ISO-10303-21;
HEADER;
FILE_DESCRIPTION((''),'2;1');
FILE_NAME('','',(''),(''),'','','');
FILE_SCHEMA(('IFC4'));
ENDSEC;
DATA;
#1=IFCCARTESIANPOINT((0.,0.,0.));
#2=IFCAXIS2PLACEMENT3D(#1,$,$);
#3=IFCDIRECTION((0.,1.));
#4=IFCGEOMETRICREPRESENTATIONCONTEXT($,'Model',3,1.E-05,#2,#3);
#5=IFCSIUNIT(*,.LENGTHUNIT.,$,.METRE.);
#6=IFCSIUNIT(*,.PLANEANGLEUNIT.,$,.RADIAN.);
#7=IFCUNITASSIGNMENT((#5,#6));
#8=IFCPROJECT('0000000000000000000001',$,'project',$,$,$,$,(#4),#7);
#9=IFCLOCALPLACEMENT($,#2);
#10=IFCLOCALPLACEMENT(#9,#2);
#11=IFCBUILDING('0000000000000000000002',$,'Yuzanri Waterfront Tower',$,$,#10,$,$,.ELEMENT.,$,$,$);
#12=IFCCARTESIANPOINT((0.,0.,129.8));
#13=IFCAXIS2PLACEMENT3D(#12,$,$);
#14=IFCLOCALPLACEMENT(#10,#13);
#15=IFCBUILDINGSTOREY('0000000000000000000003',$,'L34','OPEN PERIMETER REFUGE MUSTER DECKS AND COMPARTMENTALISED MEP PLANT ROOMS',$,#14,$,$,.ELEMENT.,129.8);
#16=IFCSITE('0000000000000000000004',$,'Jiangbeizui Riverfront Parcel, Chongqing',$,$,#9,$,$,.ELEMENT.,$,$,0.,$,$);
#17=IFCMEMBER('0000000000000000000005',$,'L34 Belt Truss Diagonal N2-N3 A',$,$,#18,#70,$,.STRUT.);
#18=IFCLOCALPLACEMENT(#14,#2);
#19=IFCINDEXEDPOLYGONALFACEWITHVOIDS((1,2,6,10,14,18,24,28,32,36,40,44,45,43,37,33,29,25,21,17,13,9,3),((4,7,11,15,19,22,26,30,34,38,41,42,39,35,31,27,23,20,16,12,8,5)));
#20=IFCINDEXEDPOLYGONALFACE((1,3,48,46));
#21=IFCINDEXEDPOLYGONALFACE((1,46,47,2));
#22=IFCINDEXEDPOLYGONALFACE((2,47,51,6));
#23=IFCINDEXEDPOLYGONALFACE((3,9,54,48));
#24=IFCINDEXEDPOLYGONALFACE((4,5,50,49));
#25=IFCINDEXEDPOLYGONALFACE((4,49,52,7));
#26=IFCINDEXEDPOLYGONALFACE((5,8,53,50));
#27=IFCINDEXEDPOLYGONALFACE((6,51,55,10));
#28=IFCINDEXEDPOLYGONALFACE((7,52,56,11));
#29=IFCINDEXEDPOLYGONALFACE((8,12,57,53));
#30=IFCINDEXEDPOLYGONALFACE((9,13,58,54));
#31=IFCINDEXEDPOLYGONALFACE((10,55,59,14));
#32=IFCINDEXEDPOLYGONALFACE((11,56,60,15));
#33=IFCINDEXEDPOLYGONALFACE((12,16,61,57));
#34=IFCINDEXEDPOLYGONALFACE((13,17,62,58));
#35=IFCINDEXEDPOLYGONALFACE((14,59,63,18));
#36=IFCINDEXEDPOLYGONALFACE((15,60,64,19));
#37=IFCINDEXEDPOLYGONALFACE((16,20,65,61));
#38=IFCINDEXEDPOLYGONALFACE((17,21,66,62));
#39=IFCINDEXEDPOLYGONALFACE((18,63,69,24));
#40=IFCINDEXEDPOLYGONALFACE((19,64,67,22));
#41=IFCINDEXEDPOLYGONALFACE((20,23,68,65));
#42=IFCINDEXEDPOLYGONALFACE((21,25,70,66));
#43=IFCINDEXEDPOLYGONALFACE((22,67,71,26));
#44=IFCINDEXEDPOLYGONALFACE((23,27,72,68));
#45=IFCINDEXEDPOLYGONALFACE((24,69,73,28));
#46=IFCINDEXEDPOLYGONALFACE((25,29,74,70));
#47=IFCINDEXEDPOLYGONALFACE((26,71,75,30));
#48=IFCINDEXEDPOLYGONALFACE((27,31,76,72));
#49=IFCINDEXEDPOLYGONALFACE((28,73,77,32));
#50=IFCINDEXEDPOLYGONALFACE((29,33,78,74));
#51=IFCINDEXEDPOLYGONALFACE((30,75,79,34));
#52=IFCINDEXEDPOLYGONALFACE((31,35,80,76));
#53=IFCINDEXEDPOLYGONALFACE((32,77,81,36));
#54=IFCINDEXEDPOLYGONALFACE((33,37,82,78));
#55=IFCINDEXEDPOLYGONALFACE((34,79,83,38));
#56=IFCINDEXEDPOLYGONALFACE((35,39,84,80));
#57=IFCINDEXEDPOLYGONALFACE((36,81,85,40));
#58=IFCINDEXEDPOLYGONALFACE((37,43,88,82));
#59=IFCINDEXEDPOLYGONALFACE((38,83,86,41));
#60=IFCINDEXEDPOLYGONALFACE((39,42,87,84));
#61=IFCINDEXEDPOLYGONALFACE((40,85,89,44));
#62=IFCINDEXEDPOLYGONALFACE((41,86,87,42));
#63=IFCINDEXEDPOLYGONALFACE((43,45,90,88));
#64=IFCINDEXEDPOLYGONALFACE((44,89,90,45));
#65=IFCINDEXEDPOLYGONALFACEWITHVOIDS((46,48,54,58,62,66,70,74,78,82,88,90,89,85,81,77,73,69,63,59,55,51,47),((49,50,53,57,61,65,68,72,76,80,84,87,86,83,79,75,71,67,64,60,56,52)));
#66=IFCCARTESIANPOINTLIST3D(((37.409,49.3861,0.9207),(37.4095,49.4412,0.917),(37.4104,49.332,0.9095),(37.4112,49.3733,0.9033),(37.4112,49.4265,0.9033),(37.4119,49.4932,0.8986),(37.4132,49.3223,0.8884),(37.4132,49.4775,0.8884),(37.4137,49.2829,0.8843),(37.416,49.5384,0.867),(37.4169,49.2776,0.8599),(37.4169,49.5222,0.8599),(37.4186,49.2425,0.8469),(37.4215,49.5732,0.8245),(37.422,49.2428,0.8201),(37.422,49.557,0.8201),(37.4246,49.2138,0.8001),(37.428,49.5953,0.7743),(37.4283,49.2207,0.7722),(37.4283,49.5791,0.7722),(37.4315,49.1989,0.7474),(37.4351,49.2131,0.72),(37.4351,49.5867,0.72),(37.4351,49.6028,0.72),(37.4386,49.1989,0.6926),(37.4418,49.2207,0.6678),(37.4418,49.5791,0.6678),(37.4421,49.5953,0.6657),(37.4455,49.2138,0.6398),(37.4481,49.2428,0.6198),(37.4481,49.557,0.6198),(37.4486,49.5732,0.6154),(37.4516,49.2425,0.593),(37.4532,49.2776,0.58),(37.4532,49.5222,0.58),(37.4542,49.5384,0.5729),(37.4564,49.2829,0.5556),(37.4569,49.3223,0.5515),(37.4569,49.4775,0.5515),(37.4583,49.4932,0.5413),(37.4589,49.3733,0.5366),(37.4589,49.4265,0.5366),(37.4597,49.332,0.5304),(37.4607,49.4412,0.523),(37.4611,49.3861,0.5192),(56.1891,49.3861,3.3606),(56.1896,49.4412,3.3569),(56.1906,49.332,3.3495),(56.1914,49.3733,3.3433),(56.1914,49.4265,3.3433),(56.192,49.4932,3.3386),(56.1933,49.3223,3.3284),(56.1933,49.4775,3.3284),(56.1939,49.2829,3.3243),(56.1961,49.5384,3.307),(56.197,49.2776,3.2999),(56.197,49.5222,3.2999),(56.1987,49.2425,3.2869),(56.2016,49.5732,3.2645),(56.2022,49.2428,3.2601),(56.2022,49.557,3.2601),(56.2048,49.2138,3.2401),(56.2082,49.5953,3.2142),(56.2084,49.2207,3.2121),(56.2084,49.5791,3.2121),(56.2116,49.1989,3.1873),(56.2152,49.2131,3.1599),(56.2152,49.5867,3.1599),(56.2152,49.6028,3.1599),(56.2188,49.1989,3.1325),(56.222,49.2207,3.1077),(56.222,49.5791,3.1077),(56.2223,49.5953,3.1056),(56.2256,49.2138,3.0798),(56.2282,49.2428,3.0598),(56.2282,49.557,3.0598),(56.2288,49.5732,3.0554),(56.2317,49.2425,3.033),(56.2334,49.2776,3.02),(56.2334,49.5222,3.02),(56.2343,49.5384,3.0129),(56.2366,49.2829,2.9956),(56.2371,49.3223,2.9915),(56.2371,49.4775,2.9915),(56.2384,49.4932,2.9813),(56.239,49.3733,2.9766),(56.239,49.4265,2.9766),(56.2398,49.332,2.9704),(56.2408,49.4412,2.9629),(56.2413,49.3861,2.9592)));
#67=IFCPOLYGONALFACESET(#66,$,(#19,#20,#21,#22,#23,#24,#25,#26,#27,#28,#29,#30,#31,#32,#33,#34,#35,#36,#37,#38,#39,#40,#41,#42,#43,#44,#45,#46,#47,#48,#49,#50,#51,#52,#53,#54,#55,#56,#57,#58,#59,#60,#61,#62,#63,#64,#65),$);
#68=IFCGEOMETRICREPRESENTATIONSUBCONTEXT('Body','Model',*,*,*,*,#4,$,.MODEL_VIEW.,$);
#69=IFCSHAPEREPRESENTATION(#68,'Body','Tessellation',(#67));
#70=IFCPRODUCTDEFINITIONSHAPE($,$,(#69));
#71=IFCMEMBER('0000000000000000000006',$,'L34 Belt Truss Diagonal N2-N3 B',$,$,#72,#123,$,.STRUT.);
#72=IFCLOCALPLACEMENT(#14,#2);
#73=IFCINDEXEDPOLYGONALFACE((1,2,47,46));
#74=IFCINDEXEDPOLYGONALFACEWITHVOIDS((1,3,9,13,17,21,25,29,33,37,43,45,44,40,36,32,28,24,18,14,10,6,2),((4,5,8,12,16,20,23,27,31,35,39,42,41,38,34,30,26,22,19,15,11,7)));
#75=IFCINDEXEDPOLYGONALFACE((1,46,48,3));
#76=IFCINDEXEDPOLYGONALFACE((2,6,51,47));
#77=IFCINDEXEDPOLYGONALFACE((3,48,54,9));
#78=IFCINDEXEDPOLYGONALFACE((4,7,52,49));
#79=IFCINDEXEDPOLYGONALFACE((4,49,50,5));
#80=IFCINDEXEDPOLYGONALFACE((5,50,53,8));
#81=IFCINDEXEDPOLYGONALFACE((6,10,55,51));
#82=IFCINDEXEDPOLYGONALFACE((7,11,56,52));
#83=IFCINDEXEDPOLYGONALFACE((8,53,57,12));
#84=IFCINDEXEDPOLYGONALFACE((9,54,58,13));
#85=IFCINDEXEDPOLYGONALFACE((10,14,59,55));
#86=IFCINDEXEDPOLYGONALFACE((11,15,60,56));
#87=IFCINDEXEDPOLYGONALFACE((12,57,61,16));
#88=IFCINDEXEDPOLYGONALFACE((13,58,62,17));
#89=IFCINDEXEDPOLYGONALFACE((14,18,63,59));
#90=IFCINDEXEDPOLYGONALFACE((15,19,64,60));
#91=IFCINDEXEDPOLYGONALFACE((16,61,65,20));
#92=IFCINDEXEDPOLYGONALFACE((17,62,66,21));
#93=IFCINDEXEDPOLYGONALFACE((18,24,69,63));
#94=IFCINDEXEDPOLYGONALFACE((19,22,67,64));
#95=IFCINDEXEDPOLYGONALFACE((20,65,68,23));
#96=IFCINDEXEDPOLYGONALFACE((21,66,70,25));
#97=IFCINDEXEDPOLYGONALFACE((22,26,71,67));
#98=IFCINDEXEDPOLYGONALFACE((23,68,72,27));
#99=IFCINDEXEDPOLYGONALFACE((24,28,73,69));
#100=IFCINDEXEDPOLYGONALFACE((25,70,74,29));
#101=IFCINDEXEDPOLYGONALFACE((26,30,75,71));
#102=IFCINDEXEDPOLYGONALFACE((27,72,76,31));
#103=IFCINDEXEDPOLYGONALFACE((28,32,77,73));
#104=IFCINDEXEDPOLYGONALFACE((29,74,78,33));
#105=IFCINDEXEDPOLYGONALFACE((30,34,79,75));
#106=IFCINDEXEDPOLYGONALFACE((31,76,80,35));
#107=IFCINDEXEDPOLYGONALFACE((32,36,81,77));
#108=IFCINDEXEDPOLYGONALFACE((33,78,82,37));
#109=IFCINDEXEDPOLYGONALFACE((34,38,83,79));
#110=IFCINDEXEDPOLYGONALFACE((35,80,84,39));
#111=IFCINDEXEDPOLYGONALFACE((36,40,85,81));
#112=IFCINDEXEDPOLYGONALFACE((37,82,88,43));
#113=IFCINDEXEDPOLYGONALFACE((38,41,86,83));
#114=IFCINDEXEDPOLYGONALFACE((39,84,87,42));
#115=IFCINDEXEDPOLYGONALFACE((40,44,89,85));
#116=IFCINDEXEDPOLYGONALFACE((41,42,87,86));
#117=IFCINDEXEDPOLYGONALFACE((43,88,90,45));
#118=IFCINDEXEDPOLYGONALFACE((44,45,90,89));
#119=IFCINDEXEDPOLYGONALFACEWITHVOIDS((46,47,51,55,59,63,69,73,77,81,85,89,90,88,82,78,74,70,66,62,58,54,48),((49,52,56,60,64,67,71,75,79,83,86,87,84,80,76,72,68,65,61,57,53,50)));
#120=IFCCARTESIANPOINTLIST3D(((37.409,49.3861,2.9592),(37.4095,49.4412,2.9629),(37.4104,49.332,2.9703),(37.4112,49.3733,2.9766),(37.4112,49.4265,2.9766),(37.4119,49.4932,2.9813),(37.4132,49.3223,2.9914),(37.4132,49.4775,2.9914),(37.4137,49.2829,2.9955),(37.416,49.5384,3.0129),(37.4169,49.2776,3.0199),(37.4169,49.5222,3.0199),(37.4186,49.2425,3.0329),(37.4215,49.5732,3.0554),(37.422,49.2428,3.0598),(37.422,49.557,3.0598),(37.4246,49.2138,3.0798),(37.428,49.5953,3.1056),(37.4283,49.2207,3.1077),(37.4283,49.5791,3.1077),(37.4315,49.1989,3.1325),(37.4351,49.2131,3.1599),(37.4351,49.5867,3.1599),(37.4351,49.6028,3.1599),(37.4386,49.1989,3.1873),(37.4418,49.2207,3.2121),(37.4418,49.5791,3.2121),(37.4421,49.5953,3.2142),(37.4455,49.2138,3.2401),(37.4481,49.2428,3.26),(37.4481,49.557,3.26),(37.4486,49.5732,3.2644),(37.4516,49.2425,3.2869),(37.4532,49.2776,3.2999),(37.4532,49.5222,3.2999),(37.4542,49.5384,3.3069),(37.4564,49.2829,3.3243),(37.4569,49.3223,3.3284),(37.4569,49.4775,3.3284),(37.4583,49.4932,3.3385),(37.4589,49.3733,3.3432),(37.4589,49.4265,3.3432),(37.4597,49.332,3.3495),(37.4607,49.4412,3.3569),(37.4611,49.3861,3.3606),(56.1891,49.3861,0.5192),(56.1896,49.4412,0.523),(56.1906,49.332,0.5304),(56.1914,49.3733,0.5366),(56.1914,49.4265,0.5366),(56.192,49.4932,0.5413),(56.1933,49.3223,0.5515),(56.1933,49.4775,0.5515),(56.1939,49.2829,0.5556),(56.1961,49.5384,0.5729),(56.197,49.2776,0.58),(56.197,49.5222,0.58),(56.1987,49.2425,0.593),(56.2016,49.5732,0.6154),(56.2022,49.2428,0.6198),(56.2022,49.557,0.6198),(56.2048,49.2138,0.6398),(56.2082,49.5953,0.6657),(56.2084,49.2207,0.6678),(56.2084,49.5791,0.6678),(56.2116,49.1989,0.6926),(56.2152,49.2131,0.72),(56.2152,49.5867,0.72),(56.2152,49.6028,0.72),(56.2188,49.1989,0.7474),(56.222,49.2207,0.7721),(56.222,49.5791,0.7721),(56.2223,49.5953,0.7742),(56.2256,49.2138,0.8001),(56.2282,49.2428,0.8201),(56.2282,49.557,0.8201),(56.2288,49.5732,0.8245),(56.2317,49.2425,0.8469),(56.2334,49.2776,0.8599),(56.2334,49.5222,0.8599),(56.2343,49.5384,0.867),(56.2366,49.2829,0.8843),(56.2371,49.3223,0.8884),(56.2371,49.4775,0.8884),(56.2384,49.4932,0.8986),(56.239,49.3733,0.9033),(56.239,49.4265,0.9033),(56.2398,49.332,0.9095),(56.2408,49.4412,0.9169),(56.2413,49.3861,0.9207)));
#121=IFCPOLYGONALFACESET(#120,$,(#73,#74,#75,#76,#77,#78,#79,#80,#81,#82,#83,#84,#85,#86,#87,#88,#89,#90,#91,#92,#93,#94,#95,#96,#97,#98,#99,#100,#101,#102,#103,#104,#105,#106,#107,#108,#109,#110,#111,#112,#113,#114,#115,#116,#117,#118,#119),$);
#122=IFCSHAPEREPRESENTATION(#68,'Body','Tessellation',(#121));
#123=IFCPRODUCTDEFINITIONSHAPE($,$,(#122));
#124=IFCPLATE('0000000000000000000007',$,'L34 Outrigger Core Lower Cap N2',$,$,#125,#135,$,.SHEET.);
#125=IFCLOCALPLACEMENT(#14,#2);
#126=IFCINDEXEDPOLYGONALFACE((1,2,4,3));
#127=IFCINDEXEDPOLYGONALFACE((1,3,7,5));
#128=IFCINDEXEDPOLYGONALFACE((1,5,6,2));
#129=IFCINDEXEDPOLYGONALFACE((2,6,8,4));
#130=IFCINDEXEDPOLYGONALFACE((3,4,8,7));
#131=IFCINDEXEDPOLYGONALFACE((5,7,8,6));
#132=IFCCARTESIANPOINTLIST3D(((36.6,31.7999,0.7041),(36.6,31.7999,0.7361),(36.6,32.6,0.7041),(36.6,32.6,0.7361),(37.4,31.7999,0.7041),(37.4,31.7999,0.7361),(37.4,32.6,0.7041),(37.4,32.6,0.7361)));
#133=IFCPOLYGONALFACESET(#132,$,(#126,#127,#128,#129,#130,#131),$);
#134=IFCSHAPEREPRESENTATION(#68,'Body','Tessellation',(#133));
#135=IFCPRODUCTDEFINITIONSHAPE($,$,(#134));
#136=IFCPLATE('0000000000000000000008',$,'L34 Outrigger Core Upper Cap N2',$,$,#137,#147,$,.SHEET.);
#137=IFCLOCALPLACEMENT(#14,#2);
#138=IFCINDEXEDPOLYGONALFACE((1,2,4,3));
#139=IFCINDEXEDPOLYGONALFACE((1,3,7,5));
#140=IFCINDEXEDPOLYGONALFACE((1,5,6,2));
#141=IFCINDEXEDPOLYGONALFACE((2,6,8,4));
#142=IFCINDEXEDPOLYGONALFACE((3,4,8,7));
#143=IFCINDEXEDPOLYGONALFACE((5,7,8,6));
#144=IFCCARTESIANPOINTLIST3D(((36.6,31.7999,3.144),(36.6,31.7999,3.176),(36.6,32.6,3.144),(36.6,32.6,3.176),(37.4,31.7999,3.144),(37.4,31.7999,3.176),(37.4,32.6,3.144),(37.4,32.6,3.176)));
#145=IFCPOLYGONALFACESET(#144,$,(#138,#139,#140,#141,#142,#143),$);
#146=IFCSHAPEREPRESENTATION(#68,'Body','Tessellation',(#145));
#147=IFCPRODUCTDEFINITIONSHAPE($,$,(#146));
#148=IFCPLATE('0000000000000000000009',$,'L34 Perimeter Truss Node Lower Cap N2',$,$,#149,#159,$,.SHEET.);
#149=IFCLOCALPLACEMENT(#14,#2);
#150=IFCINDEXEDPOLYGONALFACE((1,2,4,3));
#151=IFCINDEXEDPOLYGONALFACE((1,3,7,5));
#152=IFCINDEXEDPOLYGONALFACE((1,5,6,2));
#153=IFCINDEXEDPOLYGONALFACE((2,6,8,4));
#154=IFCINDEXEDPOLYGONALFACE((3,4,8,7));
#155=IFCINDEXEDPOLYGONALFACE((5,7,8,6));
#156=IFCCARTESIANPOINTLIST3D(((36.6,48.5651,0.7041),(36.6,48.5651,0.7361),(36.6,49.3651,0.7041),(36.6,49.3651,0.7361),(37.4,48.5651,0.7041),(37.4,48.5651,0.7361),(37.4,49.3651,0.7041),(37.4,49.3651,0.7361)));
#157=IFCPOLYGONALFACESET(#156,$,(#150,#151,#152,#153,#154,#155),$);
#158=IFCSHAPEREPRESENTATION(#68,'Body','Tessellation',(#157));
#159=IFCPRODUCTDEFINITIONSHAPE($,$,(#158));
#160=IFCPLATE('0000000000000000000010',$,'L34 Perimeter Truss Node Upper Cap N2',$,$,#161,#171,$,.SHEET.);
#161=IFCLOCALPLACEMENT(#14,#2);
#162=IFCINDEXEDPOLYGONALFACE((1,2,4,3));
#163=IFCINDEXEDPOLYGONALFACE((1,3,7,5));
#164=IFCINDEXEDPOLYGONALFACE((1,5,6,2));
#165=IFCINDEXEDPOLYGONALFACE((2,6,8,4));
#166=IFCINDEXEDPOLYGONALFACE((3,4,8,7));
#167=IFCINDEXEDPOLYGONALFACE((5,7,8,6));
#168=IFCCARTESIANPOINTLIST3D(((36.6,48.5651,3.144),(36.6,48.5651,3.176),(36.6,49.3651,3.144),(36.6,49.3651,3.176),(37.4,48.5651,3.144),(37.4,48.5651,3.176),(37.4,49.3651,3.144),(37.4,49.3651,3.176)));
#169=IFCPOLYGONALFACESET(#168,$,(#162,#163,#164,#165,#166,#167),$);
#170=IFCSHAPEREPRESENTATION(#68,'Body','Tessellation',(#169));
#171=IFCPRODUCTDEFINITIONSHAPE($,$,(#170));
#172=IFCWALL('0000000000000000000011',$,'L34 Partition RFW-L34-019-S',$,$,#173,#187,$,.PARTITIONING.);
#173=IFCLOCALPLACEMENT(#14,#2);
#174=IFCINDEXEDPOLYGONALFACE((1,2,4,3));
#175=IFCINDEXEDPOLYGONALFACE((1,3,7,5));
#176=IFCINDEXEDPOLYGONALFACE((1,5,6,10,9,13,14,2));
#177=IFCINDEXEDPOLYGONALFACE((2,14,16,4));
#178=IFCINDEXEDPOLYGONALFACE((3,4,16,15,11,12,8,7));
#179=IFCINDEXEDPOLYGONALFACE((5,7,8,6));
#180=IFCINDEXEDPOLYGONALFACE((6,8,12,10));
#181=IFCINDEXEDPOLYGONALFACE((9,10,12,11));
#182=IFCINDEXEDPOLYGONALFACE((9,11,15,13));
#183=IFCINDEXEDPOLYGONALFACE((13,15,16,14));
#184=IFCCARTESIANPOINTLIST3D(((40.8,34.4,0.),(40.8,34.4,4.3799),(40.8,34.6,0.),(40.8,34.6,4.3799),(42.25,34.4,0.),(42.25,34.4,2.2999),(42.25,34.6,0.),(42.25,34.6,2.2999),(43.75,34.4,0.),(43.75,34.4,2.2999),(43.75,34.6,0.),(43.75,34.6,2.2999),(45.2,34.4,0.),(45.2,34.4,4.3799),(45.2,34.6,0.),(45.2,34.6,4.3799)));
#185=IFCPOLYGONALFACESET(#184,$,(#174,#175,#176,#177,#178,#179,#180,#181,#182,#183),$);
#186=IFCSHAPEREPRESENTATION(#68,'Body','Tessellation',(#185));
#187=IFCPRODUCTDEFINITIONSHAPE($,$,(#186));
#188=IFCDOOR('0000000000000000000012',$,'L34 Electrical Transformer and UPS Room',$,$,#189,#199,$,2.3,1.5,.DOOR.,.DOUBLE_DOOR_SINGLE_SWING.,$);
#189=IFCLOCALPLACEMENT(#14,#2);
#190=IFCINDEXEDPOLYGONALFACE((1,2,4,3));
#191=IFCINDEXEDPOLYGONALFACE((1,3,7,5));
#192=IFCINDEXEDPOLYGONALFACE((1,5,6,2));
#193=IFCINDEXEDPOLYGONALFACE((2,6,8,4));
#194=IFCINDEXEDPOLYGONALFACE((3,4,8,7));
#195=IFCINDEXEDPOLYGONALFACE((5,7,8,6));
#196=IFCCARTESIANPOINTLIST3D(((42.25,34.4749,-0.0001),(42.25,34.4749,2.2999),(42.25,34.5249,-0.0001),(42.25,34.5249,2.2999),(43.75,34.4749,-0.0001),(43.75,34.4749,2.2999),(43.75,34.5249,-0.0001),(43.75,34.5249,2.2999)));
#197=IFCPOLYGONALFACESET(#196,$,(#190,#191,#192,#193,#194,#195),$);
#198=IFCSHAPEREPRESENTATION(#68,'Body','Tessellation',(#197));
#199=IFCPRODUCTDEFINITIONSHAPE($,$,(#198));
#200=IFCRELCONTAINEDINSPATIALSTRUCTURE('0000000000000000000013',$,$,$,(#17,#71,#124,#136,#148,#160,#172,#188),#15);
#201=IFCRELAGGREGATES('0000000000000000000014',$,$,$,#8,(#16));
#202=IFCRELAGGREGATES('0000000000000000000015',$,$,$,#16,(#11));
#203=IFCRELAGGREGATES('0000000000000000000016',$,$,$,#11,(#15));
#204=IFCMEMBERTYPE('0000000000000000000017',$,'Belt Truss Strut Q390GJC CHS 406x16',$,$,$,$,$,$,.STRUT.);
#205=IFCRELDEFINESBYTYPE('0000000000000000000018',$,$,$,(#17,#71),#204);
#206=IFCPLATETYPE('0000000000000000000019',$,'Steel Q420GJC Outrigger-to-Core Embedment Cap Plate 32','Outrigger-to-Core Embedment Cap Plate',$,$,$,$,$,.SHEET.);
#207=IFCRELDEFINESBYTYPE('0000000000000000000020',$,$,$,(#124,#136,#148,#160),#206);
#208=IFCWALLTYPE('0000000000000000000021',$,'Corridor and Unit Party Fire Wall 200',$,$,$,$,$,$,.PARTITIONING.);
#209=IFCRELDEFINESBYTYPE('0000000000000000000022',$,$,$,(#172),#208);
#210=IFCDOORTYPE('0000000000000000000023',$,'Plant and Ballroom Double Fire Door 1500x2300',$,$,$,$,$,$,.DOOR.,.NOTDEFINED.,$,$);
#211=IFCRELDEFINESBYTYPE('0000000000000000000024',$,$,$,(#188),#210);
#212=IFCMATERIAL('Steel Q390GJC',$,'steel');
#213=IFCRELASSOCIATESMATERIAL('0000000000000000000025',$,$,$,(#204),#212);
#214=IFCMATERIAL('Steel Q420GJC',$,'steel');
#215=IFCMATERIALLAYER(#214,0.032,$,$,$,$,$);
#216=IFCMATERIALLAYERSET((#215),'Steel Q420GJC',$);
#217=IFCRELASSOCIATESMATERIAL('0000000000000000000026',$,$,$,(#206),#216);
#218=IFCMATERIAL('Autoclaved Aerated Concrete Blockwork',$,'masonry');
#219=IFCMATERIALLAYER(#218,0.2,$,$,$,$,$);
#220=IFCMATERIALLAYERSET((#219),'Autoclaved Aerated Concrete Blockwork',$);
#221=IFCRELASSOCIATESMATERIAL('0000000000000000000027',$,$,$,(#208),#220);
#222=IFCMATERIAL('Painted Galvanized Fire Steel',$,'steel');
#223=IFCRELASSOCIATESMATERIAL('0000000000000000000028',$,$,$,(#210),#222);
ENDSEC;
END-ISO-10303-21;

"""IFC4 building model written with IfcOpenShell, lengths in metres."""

from ifc_helpers import new_model, si_unit, direction, frame, frame_2d, origin, origin_2d, place, context, subcontext, project, spatial, rectangle, hollow_circle, extrude, source, transform, mapped, material, layer, layer_set, material_profile, profile_set, type_object, element, fill, save


model = new_model("IFC4")

# Units and contexts
model_context = context("Model", 3, precision=1e-05, world=origin(), true_north=direction((0.0, 1.0)))
body_context = subcontext(model_context, "Body", "Model", "MODEL_VIEW")
ifc_project = project(units=[si_unit("LENGTHUNIT", "METRE"), si_unit("PLANEANGLEUNIT", "RADIAN")], contexts=[model_context])

# Site, building, storey
site_placement = place(None, origin())
site = spatial("IfcSite", under=ifc_project, at=site_placement, Name="Jiangbeizui Riverfront Parcel, Chongqing", CompositionType="ELEMENT", RefElevation=0.0)
building_placement = place(site_placement, origin())
building = spatial("IfcBuilding", under=site, at=building_placement, Name="Yuzanri Waterfront Tower", CompositionType="ELEMENT")
storey_placement = place(building_placement, frame((0.0, 0.0, 129.8)))
storey = spatial("IfcBuildingStorey", under=building, at=storey_placement, Name="L34", Description="OPEN PERIMETER REFUGE MUSTER DECKS AND COMPARTMENTALISED MEP PLANT ROOMS", CompositionType="ELEMENT", Elevation=129.8)

# Members
ifc_material_1 = material(Name="Steel Q390GJC", Category="steel")
ifc_material_profile_1 = material_profile(ifc_material_1, hollow_circle(Radius=0.2029, WallThickness=0.0161, at=origin_2d()), Name="CHS 406x16")
ifc_profile_set_1 = profile_set([ifc_material_profile_1], Name="Steel Q390GJC")
member_type_1 = type_object("IfcMemberType", Name="Belt Truss Strut Q390GJC CHS 406x16", PredefinedType="STRUT", material=ifc_profile_set_1)
shared_shape_1 = source(origin(), body_context, "Body", "SweptSolid", [
    extrude(hollow_circle(Radius=0.2029, WallThickness=0.0161, at=origin_2d()), origin(), (0.0, 0.0, 1.0), 18.938),
])
for number, where, z_axis, x_axis, name in (
    (1, (37.4351, 49.3999, 0.72), (0.991665, 0.0, 0.128839), (0.0, 1.0, 0.0), "L34 Belt Truss Diagonal N2-N3 A"),
    (2, (37.4351, 49.3999, 3.1599), (0.991665, 0.0, -0.128839), (0.0, 1.0, 0.0), "L34 Belt Truss Diagonal N2-N3 B"),
):
    element("IfcMember", number, at=place(storey_placement, frame(where, z_axis=z_axis, x_axis=x_axis)), inside=storey, type_object=member_type_1, Name=name, PredefinedType="STRUT", context=body_context, shape_type="MappedRepresentation", body=[
        mapped(shared_shape_1, transform((0.0, 0.0, 0.0), scale=1.0)),
    ])

# Plates
ifc_material_2 = material(Name="Steel Q420GJC", Category="steel")
ifc_layer_1 = layer(ifc_material_2, 0.032)
ifc_layer_set_1 = layer_set([ifc_layer_1], Name="Steel Q420GJC")
plate_type = type_object("IfcPlateType", Name="Steel Q420GJC Outrigger-to-Core Embedment Cap Plate 32", Description="Outrigger-to-Core Embedment Cap Plate", PredefinedType="SHEET", material=ifc_layer_set_1)
shared_shape_2 = source(origin(), body_context, "Body", "SweptSolid", [
    extrude(rectangle(XDim=0.8, YDim=0.8, at=origin_2d()), origin(), (0.0, 0.0, 1.0), 0.032),
])
for number, where, z_axis, x_axis, name in (
    (3, (37.0, 32.2, 0.7041), (0.0, 0.0, 1.0), (1.0, 0.0, 0.0), "L34 Outrigger Core Lower Cap N2"),
    (4, (37.0, 32.2, 3.144), (0.0, 0.0, 1.0), (1.0, 0.0, 0.0), "L34 Outrigger Core Upper Cap N2"),
    (5, (37.0, 48.9651, 0.7041), (0.0, 0.0, 1.0), (1.0, 0.0, 0.0), "L34 Perimeter Truss Node Lower Cap N2"),
    (6, (37.0, 48.9651, 3.144), (0.0, 0.0, 1.0), (1.0, 0.0, 0.0), "L34 Perimeter Truss Node Upper Cap N2"),
):
    element("IfcPlate", number, at=place(storey_placement, frame(where, z_axis=z_axis, x_axis=x_axis)), inside=storey, type_object=plate_type, Name=name, PredefinedType="SHEET", context=body_context, shape_type="MappedRepresentation", body=[
        mapped(shared_shape_2, transform((0.0, 0.0, 0.0), scale=1.0)),
    ])

# Wall, opening, door
ifc_material_3 = material(Name="Autoclaved Aerated Concrete Blockwork", Category="masonry")
ifc_layer_2 = layer(ifc_material_3, 0.2)
ifc_layer_set_2 = layer_set([ifc_layer_2], Name="Autoclaved Aerated Concrete Blockwork")
wall_type_1 = type_object("IfcWallType", Name="Corridor and Unit Party Fire Wall 200", PredefinedType="PARTITIONING", material=ifc_layer_set_2)
wall_1_placement = place(storey_placement, frame((40.8, 34.5, 0.0), z_axis=(0.0, 0.0, 1.0), x_axis=(1.0, 0.0, 0.0)))
wall_1 = element("IfcWall", 7, at=wall_1_placement, inside=storey, type_object=wall_type_1, Name="L34 Partition RFW-L34-019-S", PredefinedType="PARTITIONING", context=body_context, shape_type="SweptSolid", body=[
    extrude(rectangle(XDim=4.3999, YDim=0.2, at=frame_2d((2.2, 0.0))), origin(), (0.0, 0.0, 1.0), 4.3799),
])
opening_1_placement = place(wall_1_placement, frame((1.45, 0.0, 0.0)))
opening_1 = element("IfcOpeningElement", 8, at=opening_1_placement, cuts=wall_1, PredefinedType="OPENING", context=body_context, shape_type="SweptSolid", body=[
    extrude(rectangle(XDim=1.5, YDim=2.3, at=frame_2d((0.75, 1.1499))), frame((0.0, 0.1147, 0.0), z_axis=(0.0, -1.0, 0.0), x_axis=(1.0, 0.0, 0.0)), (0.0, 0.0, 1.0), 0.2297),
])
ifc_material_4 = material(Name="Painted Galvanized Fire Steel", Category="steel")
door_type_1 = type_object("IfcDoorType", Name="Plant and Ballroom Double Fire Door 1500x2300", OperationType="NOTDEFINED", PredefinedType="DOOR", material=ifc_material_4)
shared_shape_3 = source(origin(), body_context, "Body", "SweptSolid", [
    extrude(rectangle(XDim=1.5, YDim=2.3, at=frame_2d((0.75, 1.1499))), frame((0.0, 0.0249, 0.0), z_axis=(0.0, -1.0, 0.0), x_axis=(1.0, 0.0, 0.0)), (0.0, 0.0, 1.0), 0.05),
])
door_1_placement = place(opening_1_placement, origin())
door_1 = element("IfcDoor", 9, at=door_1_placement, inside=storey, type_object=door_type_1, Name="L34 Electrical Transformer and UPS Room", OperationType="DOUBLE_DOOR_SINGLE_SWING", OverallHeight=2.3, OverallWidth=1.5, PredefinedType="DOOR", context=body_context, shape_type="MappedRepresentation", body=[
    mapped(shared_shape_3, transform((0.0, 0.0, 0.0), scale=1.0)),
])
fill(opening_1, door_1)

save(model, "model.ifc")
